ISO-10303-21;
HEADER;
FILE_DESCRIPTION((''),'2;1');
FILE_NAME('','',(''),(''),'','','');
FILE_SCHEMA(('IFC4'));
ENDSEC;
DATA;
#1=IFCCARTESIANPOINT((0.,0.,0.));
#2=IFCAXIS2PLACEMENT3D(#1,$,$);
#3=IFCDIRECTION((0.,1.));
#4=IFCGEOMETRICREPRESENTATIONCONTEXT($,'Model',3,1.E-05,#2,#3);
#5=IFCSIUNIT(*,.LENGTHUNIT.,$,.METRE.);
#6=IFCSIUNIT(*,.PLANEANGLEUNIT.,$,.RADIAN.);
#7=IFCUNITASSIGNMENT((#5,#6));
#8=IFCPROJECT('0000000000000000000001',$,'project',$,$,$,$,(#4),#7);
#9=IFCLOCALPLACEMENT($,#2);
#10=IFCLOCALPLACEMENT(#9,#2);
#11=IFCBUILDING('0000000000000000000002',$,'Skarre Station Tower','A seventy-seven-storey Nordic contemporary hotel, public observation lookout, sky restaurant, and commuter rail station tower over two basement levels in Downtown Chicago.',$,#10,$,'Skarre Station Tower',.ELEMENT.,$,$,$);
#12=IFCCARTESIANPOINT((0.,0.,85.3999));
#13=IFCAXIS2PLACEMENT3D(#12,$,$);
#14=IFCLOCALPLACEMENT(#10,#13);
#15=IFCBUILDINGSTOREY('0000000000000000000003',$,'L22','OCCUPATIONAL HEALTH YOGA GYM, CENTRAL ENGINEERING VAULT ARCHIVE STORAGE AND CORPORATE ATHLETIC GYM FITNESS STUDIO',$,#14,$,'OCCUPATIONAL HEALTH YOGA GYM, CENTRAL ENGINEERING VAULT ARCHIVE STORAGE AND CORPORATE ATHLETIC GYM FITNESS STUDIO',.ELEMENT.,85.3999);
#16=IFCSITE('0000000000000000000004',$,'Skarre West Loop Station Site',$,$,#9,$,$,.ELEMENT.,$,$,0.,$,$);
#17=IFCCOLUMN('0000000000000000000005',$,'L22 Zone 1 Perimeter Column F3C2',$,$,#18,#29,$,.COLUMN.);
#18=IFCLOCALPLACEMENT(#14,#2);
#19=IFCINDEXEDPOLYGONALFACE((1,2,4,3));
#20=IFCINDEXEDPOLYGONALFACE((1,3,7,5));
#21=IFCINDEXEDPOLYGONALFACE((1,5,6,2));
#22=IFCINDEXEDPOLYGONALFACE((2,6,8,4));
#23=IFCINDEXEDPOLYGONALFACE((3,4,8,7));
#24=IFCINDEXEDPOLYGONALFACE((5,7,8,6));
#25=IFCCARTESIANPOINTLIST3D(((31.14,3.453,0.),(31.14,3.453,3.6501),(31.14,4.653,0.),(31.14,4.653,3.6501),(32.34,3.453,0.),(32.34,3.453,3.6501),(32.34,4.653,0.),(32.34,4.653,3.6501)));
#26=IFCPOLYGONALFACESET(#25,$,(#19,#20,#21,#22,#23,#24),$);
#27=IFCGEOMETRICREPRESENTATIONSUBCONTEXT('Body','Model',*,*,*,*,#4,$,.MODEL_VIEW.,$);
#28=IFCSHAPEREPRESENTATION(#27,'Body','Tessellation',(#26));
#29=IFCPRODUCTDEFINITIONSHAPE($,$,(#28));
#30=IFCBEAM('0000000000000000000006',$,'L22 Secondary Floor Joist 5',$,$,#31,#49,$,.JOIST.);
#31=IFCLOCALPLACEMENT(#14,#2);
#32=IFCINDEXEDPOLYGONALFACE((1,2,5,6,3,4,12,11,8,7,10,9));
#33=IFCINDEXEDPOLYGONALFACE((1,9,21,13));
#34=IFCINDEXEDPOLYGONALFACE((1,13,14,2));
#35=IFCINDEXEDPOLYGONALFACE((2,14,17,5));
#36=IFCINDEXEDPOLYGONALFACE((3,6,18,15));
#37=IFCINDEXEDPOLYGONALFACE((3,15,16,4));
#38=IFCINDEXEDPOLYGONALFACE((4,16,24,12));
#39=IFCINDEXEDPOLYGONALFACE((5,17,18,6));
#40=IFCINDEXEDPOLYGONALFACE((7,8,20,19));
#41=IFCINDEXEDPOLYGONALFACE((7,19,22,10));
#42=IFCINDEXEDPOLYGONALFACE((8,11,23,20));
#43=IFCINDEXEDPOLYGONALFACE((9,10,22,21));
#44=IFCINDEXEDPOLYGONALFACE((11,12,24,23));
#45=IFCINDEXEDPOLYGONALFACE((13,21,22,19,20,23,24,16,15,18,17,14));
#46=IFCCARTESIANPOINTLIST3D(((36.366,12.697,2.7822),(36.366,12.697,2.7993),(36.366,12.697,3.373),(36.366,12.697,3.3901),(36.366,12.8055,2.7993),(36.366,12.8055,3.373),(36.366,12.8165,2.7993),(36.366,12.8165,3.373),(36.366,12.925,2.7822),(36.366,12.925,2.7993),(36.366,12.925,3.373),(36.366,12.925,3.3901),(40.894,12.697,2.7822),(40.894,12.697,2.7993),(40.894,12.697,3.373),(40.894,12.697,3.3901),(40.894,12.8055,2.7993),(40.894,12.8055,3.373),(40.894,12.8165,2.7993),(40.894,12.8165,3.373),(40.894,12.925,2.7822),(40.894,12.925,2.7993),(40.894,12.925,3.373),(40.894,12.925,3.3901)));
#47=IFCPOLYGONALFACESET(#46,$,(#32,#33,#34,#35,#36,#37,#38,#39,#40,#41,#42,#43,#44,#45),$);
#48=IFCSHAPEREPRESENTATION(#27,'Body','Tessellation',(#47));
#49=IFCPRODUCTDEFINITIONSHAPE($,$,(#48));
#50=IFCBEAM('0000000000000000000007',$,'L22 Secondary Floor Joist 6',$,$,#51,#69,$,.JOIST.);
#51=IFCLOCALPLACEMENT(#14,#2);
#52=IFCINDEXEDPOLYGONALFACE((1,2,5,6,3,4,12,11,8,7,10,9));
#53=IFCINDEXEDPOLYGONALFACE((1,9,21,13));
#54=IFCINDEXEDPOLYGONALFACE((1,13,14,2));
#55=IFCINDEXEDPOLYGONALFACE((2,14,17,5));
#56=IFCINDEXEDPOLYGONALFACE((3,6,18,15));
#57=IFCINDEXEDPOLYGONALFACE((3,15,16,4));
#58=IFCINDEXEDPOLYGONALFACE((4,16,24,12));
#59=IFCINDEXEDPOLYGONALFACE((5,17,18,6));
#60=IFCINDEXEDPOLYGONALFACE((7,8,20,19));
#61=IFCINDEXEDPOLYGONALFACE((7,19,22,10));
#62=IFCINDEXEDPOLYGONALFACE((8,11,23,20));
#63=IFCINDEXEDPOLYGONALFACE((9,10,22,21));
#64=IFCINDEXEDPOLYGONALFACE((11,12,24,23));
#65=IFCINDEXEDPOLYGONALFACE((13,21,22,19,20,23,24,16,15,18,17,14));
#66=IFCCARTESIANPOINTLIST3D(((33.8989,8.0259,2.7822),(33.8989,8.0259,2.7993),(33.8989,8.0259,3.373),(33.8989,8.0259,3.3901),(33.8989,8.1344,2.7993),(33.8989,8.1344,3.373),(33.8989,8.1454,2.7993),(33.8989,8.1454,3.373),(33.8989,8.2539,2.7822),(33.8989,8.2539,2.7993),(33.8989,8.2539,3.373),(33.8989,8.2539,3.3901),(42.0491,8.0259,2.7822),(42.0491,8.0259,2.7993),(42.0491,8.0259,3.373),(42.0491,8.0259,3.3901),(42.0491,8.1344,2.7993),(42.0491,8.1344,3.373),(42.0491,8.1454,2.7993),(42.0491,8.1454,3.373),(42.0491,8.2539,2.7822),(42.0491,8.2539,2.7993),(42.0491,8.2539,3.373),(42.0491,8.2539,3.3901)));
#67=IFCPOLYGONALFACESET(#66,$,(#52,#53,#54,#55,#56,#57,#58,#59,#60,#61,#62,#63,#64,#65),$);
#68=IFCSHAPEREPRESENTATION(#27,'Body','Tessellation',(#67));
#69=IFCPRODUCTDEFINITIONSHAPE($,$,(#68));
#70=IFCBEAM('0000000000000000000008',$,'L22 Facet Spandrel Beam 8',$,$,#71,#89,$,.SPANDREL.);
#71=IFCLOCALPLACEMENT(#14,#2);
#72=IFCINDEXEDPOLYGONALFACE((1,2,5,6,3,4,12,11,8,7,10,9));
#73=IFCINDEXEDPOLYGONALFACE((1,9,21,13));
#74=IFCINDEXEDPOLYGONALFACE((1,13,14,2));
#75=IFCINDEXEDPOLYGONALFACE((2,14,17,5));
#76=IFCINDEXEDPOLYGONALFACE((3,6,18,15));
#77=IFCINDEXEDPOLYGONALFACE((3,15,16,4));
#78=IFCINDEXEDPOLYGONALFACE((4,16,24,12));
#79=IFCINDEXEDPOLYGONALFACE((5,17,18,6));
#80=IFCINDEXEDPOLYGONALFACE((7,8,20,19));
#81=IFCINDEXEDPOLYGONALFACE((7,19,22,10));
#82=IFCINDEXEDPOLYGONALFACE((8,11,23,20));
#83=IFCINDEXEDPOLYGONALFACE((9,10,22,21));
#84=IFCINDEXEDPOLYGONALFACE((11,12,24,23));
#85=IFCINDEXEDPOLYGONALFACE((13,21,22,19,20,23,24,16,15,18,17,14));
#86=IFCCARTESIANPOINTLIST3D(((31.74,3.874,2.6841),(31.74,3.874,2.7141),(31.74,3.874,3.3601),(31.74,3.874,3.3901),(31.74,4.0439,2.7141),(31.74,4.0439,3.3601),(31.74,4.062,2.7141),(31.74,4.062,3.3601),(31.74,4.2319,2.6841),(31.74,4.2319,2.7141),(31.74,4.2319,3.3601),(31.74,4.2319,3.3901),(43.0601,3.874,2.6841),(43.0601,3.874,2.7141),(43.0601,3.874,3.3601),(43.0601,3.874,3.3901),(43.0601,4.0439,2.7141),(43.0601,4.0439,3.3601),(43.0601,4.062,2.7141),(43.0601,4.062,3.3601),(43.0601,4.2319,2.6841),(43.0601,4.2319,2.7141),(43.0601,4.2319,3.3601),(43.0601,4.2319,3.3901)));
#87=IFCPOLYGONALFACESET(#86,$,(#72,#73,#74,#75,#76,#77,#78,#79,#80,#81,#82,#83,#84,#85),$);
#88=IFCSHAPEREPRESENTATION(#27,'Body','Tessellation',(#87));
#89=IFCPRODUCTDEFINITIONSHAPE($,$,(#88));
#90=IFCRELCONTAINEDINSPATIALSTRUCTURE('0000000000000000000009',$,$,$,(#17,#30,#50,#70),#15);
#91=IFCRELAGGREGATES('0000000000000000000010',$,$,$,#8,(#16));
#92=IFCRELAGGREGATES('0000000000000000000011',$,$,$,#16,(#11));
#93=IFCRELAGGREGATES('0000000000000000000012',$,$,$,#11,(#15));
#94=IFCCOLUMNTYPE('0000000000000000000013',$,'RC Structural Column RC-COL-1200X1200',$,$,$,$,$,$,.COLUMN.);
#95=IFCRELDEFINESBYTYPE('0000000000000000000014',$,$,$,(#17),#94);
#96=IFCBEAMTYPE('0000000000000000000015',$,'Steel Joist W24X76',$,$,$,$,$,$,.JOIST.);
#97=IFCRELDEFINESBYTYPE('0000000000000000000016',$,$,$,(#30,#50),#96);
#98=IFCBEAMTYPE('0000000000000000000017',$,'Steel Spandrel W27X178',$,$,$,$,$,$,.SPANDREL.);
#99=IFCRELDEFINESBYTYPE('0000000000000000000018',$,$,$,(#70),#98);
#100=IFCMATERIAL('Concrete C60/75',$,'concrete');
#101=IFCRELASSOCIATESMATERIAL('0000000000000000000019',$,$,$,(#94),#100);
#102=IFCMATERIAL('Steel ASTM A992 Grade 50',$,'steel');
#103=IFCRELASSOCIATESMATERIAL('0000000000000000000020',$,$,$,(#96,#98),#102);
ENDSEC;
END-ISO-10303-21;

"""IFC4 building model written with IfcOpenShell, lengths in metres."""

from ifc_helpers import new_model, si_unit, direction, frame, origin, origin_2d, place, context, subcontext, project, spatial, rectangle, i_section, extrude, material, material_profile, profile_set, type_object, element, save


model = new_model("IFC4")

# Units and contexts
model_context = context("Model", 3, precision=1e-05, world=origin(), true_north=direction((0.0, 1.0)))
body_context = subcontext(model_context, "Body", "Model", "MODEL_VIEW")
ifc_project = project(units=[si_unit("LENGTHUNIT", "METRE"), si_unit("PLANEANGLEUNIT", "RADIAN")], contexts=[model_context])

# Site, building, storey
site_placement = place(None, origin())
site = spatial("IfcSite", under=ifc_project, at=site_placement, Name="Skarre West Loop Station Site", CompositionType="ELEMENT", RefElevation=0.0)
building_placement = place(site_placement, origin())
building = spatial("IfcBuilding", under=site, at=building_placement, Name="Skarre Station Tower", Description="A seventy-seven-storey Nordic contemporary hotel, public observation lookout, sky restaurant, and commuter rail station tower over two basement levels in Downtown Chicago.", LongName="Skarre Station Tower", CompositionType="ELEMENT")
storey_placement = place(building_placement, frame((0.0, 0.0, 85.3999)))
storey = spatial("IfcBuildingStorey", under=building, at=storey_placement, Name="L22", Description="OCCUPATIONAL HEALTH YOGA GYM, CENTRAL ENGINEERING VAULT ARCHIVE STORAGE AND CORPORATE ATHLETIC GYM FITNESS STUDIO", LongName="OCCUPATIONAL HEALTH YOGA GYM, CENTRAL ENGINEERING VAULT ARCHIVE STORAGE AND CORPORATE ATHLETIC GYM FITNESS STUDIO", CompositionType="ELEMENT", Elevation=85.3999)

# Column
ifc_material_1 = material(Name="Concrete C60/75", Category="concrete")
ifc_material_profile_1 = material_profile(ifc_material_1, rectangle(XDim=1.2, YDim=1.2, at=origin_2d()), Name="Concrete C60/75")
ifc_profile_set_1 = profile_set([ifc_material_profile_1], Name="Concrete C60/75")
column_type = type_object("IfcColumnType", Name="RC Structural Column RC-COL-1200X1200", PredefinedType="COLUMN", material=ifc_profile_set_1)
column_placement = place(storey_placement, frame((31.74, 4.053, 0.0), z_axis=(0.0, 0.0, 1.0), x_axis=(1.0, 0.0, 0.0)))
element("IfcColumn", 1, at=column_placement, inside=storey, type_object=column_type, Name="L22 Zone 1 Perimeter Column F3C2", PredefinedType="COLUMN", context=body_context, shape_type="SweptSolid", body=[
    extrude(rectangle(XDim=1.2, YDim=1.2, at=origin_2d()), origin(), (0.0, 0.0, 1.0), 3.6501),
])

# Beams
ifc_material_2 = material(Name="Steel ASTM A992 Grade 50", Category="steel")
ifc_material_profile_2 = material_profile(ifc_material_2, i_section(OverallWidth=0.228, OverallDepth=0.6079, WebThickness=0.011, FlangeThickness=0.0171, at=origin_2d()), Name="Steel ASTM A992 Grade 50")
ifc_profile_set_2 = profile_set([ifc_material_profile_2], Name="Steel ASTM A992 Grade 50")
beam_type_1 = type_object("IfcBeamType", Name="Steel Joist W24X76", PredefinedType="JOIST", material=ifc_profile_set_2)
beam_1_placement = place(storey_placement, frame((36.366, 12.811, 3.0862), z_axis=(1.0, 0.0, 0.0), x_axis=(0.0, 1.0, 0.0)))
element("IfcBeam", 2, at=beam_1_placement, inside=storey, type_object=beam_type_1, Name="L22 Secondary Floor Joist 5", PredefinedType="JOIST", context=body_context, shape_type="SweptSolid", body=[
    extrude(i_section(OverallWidth=0.228, OverallDepth=0.6079, WebThickness=0.011, FlangeThickness=0.0171, at=origin_2d()), origin(), (0.0, 0.0, 1.0), 4.5281),
])
beam_2_placement = place(storey_placement, frame((33.8989, 8.1399, 3.0862), z_axis=(1.0, 0.0, 0.0), x_axis=(0.0, 1.0, 0.0)))
element("IfcBeam", 3, at=beam_2_placement, inside=storey, type_object=beam_type_1, Name="L22 Secondary Floor Joist 6", PredefinedType="JOIST", context=body_context, shape_type="SweptSolid", body=[
    extrude(i_section(OverallWidth=0.228, OverallDepth=0.6079, WebThickness=0.011, FlangeThickness=0.0171, at=origin_2d()), origin(), (0.0, 0.0, 1.0), 8.1501),
])
ifc_material_profile_3 = material_profile(ifc_material_2, i_section(OverallWidth=0.3579, OverallDepth=0.7061, WebThickness=0.0181, FlangeThickness=0.03, at=origin_2d()), Name="Steel ASTM A992 Grade 50")
ifc_profile_set_3 = profile_set([ifc_material_profile_3], Name="Steel ASTM A992 Grade 50")
beam_type_2 = type_object("IfcBeamType", Name="Steel Spandrel W27X178", PredefinedType="SPANDREL", material=ifc_profile_set_3)
beam_3_placement = place(storey_placement, frame((31.74, 4.053, 3.0371), z_axis=(1.0, 0.0, 0.0), x_axis=(0.0, 1.0, 0.0)))
element("IfcBeam", 4, at=beam_3_placement, inside=storey, type_object=beam_type_2, Name="L22 Facet Spandrel Beam 8", PredefinedType="SPANDREL", context=body_context, shape_type="SweptSolid", body=[
    extrude(i_section(OverallWidth=0.3579, OverallDepth=0.7061, WebThickness=0.0181, FlangeThickness=0.03, at=origin_2d()), origin(), (0.0, 0.0, 1.0), 11.3201),
])

save(model, "model.ifc")
